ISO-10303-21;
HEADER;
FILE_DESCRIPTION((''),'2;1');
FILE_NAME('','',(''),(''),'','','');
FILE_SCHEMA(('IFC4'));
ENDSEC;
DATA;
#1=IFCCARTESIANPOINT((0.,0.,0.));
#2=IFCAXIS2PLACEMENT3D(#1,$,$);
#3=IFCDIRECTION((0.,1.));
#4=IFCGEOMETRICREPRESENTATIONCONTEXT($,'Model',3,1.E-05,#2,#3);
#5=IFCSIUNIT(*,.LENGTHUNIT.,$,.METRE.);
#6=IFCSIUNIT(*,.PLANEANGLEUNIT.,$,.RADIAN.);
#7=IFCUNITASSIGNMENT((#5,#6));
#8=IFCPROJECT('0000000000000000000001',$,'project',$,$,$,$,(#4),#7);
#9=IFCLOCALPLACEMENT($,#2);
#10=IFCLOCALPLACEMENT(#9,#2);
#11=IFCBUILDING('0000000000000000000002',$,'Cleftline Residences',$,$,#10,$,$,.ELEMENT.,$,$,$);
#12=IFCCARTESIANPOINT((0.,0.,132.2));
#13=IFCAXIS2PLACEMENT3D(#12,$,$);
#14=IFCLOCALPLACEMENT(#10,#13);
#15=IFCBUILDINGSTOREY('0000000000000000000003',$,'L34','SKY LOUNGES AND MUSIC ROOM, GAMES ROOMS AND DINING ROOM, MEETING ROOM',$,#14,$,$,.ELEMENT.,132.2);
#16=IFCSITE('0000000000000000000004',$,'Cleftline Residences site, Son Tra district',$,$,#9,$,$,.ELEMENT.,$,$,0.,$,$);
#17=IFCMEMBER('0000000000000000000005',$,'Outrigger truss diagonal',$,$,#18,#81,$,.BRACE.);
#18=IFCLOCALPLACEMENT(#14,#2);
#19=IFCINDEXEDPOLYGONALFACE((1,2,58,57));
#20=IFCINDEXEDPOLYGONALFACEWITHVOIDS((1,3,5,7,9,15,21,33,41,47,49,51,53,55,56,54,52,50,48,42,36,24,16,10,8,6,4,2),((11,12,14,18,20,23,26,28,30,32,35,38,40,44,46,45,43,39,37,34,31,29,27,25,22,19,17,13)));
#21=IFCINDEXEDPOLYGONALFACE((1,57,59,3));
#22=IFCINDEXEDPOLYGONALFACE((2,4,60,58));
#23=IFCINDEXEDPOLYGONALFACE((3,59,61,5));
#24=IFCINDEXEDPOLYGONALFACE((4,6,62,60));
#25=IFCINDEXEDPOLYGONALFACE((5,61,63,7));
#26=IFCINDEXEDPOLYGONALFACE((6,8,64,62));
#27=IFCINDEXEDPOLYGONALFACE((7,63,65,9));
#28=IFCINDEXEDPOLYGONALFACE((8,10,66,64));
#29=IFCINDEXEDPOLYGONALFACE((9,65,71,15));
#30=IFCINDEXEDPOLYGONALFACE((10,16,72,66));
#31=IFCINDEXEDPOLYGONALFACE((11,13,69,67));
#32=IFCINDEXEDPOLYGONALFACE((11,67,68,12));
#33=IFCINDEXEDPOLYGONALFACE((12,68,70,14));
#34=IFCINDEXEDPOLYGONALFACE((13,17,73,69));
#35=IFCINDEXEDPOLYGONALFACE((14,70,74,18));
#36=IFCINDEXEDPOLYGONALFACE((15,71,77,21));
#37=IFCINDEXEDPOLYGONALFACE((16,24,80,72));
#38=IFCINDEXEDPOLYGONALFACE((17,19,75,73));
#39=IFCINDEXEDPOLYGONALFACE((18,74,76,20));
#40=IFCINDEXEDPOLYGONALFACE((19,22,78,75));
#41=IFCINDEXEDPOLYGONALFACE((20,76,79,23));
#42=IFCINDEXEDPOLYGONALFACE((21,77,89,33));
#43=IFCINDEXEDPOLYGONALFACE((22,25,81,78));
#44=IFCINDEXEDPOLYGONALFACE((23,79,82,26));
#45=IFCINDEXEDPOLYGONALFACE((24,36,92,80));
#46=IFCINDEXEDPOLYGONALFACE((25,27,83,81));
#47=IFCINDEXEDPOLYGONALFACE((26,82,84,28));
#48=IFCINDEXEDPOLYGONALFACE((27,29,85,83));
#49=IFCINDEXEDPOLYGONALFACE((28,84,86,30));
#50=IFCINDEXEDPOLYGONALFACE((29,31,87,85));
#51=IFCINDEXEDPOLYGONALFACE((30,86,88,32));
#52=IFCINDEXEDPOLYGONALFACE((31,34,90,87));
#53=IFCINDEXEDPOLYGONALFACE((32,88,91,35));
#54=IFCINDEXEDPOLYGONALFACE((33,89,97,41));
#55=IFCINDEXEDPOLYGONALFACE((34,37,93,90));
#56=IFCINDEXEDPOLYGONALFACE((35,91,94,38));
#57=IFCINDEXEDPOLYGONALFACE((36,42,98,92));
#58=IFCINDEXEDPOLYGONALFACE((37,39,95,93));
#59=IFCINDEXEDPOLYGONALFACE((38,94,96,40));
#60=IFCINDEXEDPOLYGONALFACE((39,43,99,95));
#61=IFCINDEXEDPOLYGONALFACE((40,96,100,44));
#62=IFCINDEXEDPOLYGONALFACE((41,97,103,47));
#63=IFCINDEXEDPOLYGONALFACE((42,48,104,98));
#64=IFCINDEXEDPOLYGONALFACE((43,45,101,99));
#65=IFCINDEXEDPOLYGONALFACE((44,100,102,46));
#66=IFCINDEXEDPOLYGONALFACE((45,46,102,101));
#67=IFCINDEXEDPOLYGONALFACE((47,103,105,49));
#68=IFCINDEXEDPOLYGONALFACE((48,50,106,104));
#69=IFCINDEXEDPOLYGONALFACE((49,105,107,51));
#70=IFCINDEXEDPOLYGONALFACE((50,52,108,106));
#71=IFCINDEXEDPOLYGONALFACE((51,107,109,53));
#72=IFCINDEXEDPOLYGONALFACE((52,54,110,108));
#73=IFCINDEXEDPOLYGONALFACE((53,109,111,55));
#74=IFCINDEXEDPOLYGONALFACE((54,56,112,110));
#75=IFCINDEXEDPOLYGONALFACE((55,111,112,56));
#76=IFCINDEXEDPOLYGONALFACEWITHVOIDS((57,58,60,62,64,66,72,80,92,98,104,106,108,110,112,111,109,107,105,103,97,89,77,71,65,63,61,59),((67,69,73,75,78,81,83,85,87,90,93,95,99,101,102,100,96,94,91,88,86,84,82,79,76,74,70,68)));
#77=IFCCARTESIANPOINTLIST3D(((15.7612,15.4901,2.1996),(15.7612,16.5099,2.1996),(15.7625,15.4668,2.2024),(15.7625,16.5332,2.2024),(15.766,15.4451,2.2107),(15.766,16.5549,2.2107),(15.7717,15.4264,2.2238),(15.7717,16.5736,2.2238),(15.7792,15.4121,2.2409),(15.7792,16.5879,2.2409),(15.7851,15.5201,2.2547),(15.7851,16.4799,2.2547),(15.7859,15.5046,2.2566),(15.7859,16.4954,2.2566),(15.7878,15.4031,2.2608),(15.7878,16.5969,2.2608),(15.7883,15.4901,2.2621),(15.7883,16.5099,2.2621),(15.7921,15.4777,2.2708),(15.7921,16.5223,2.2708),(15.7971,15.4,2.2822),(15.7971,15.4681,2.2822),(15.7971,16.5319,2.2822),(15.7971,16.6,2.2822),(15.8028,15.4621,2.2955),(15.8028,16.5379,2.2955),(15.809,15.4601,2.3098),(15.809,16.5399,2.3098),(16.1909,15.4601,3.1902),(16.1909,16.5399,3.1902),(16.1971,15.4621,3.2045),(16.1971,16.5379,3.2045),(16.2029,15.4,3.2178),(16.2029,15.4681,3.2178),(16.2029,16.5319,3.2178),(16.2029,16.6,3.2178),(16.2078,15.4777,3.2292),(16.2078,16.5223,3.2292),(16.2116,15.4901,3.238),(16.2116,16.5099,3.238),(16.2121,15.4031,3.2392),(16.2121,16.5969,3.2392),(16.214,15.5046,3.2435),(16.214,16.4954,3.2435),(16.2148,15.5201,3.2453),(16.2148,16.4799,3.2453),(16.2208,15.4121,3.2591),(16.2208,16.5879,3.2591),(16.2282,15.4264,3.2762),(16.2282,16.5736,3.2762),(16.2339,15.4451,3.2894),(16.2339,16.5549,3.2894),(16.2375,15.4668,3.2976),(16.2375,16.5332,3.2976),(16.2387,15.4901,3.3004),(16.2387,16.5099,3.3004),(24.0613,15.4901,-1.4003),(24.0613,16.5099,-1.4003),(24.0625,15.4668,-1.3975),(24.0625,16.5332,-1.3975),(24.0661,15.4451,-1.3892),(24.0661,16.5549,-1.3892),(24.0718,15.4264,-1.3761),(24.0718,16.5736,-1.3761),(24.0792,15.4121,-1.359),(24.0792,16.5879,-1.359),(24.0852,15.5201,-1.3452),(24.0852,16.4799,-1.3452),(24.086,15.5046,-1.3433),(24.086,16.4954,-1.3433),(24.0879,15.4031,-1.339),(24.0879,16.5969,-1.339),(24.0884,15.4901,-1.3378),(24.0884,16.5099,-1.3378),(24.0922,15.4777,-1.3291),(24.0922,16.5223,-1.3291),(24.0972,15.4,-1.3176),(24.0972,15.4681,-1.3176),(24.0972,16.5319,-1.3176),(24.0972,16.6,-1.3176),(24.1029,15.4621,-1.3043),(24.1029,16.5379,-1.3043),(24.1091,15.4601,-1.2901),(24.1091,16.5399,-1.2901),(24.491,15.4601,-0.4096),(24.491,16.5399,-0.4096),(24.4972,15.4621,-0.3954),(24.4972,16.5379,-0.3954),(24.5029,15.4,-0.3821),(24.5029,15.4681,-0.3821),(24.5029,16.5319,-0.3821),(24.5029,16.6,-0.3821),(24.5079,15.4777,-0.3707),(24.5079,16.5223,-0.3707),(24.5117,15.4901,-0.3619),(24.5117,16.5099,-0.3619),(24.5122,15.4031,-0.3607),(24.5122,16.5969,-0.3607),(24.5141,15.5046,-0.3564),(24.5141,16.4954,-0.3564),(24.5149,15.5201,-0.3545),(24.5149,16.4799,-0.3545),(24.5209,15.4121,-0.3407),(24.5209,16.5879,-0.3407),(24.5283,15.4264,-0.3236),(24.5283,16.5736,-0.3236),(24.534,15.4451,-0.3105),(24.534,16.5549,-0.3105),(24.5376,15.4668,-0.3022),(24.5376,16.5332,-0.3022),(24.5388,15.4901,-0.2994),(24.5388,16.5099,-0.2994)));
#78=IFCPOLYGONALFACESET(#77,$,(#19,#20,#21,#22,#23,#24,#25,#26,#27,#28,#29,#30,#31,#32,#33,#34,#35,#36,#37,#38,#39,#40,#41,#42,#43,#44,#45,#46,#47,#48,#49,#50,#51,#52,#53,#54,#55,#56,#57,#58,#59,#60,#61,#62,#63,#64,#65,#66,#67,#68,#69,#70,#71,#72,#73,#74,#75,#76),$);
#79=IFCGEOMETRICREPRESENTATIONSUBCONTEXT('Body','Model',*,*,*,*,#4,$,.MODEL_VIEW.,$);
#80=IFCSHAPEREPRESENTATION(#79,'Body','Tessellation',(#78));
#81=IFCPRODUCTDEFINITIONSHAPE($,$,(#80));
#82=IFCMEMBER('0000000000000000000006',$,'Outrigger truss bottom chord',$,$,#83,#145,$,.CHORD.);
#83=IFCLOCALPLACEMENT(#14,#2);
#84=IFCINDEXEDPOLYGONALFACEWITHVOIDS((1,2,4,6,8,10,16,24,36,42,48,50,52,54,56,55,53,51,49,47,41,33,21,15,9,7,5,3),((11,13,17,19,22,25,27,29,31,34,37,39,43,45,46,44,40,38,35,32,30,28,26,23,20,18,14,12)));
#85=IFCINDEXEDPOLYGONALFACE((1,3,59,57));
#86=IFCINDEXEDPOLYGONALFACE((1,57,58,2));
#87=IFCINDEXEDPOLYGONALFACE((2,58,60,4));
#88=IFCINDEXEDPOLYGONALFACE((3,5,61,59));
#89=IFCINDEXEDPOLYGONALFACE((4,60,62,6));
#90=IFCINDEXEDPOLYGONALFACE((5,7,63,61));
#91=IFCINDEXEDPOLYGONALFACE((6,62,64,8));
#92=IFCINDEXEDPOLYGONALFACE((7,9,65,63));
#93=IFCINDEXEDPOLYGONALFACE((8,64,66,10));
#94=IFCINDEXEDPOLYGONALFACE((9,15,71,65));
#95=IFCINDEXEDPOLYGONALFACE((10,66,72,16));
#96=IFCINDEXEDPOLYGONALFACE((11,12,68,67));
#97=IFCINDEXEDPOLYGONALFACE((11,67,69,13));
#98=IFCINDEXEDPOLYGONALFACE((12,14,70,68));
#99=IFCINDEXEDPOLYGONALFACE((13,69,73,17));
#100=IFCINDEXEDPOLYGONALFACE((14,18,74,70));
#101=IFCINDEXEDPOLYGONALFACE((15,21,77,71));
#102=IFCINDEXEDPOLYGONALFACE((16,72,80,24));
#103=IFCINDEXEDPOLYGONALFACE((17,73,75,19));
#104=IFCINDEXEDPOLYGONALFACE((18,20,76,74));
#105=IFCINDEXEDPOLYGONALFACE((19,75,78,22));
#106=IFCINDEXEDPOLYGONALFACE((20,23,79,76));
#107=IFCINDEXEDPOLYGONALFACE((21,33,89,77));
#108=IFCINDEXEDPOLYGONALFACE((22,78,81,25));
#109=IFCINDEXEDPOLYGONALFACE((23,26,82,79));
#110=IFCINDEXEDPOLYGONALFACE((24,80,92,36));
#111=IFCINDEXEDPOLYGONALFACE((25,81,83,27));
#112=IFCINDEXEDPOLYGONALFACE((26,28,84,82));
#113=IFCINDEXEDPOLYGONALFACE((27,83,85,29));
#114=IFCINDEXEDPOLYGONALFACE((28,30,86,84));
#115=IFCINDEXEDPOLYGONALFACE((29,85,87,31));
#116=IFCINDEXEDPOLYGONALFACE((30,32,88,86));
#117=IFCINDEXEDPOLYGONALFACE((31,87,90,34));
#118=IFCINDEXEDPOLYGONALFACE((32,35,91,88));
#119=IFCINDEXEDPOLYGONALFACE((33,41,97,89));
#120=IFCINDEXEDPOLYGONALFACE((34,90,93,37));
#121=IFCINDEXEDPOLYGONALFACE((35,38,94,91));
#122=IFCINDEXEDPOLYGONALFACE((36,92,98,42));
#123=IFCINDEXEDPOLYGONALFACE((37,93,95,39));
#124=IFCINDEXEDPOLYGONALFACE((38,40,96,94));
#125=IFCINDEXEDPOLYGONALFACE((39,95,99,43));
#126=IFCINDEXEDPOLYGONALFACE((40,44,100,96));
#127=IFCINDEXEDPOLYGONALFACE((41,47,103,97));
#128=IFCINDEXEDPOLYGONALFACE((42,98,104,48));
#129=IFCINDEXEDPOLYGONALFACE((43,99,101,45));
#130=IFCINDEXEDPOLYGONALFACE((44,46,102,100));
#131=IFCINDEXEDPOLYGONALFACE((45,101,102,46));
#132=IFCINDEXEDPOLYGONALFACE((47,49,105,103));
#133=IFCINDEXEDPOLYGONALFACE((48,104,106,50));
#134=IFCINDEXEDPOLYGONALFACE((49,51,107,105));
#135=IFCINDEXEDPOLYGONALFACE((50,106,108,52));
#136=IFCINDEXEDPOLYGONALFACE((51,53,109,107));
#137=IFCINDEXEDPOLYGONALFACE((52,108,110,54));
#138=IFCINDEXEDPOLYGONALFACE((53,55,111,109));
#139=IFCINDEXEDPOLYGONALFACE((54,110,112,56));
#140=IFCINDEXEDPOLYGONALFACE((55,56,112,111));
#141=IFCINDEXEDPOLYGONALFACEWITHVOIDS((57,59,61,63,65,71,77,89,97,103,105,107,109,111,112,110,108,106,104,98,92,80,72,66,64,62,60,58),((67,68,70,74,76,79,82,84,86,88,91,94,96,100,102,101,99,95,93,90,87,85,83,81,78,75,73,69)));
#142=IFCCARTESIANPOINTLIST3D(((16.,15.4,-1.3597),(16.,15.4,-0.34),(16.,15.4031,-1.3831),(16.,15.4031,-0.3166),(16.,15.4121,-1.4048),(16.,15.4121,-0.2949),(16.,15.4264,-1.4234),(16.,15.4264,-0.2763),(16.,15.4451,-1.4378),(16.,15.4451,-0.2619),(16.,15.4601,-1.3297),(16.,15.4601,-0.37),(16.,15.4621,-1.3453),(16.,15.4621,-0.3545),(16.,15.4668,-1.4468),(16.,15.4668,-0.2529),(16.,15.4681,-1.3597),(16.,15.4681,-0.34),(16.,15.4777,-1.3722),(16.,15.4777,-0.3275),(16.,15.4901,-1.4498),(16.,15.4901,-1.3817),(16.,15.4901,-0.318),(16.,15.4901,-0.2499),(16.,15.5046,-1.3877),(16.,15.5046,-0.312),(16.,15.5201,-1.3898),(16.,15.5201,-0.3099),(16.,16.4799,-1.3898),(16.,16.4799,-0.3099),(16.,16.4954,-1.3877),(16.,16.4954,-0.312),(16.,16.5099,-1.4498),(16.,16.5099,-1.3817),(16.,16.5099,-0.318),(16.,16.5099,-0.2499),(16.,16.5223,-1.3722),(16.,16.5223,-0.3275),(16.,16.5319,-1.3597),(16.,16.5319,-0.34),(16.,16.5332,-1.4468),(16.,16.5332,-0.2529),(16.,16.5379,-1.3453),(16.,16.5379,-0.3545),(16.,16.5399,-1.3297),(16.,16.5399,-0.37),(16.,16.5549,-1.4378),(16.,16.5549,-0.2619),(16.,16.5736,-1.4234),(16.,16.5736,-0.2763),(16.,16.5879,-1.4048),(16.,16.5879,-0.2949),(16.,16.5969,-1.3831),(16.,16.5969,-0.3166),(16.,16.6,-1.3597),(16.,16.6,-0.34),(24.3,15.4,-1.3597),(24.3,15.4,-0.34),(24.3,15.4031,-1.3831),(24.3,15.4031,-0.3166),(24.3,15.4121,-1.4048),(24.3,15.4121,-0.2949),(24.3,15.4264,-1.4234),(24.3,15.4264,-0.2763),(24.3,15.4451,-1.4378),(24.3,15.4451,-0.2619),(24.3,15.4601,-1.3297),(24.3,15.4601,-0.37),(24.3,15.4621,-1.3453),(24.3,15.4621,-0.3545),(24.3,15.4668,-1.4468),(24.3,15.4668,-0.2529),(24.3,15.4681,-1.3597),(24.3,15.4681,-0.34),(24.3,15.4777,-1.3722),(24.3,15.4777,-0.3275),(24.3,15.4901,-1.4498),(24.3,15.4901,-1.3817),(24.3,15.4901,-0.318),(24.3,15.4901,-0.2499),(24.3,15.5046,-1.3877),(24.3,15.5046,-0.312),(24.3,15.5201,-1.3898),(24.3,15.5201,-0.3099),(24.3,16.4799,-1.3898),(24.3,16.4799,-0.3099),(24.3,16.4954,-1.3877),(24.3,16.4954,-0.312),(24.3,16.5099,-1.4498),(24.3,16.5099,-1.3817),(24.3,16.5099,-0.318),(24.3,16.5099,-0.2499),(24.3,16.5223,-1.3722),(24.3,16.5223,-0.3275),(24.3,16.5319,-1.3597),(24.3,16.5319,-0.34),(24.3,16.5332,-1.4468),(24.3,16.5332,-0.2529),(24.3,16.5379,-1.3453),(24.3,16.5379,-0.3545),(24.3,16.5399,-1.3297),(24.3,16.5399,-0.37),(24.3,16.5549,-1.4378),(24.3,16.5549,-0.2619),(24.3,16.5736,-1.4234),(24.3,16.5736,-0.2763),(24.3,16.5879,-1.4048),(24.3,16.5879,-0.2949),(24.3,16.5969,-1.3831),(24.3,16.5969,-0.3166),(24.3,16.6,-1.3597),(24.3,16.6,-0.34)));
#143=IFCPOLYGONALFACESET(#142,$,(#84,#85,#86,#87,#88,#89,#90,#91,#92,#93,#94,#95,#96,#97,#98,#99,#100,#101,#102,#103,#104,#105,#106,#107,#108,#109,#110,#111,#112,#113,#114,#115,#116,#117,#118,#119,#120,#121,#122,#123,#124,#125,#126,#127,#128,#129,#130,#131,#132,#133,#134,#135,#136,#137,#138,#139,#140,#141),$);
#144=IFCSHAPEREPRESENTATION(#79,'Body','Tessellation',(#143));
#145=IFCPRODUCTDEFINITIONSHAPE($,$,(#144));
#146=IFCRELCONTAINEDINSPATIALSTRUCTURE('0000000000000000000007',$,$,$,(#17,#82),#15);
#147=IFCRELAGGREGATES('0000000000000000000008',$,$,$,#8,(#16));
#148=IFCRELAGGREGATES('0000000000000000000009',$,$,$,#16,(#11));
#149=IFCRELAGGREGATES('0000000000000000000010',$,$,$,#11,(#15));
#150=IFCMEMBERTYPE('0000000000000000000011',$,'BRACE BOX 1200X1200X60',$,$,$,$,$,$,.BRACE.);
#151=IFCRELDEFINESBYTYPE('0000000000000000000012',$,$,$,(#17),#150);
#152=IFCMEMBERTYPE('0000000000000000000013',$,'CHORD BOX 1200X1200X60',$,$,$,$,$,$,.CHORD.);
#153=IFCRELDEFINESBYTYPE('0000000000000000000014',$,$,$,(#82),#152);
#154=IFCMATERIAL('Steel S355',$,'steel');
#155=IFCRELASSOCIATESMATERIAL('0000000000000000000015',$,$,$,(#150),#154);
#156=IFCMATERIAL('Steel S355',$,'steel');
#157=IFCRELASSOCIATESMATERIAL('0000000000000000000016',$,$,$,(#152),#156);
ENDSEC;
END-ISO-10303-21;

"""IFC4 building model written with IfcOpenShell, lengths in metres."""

from ifc_helpers import new_model, si_unit, direction, frame, origin, origin_2d, place, context, subcontext, project, spatial, hollow_rectangle, extrude, material, material_profile, profile_set, type_object, element, save


model = new_model("IFC4")

# Units and contexts
model_context = context("Model", 3, precision=1e-05, world=origin(), true_north=direction((0.0, 1.0)))
body_context = subcontext(model_context, "Body", "Model", "MODEL_VIEW")
ifc_project = project(units=[si_unit("LENGTHUNIT", "METRE"), si_unit("PLANEANGLEUNIT", "RADIAN")], contexts=[model_context])

# Site, building, storey
site_placement = place(None, origin())
site = spatial("IfcSite", under=ifc_project, at=site_placement, Name="Cleftline Residences site, Son Tra district", CompositionType="ELEMENT", RefElevation=0.0)
building_placement = place(site_placement, origin())
building = spatial("IfcBuilding", under=site, at=building_placement, Name="Cleftline Residences", CompositionType="ELEMENT")
storey_placement = place(building_placement, frame((0.0, 0.0, 132.2)))
storey = spatial("IfcBuildingStorey", under=building, at=storey_placement, Name="L34", Description="SKY LOUNGES AND MUSIC ROOM, GAMES ROOMS AND DINING ROOM, MEETING ROOM", CompositionType="ELEMENT", Elevation=132.2)

# Members
ifc_material_1 = material(Name="Steel S355", Category="steel")
ifc_material_profile_1 = material_profile(ifc_material_1, hollow_rectangle(XDim=1.2, YDim=1.2, WallThickness=0.0601, InnerFilletRadius=0.0601, OuterFilletRadius=0.0901, at=origin_2d()))
ifc_profile_set_1 = profile_set([ifc_material_profile_1], Name="Steel S355")
member_type_1 = type_object("IfcMemberType", Name="BRACE BOX 1200X1200X60", PredefinedType="BRACE", material=ifc_profile_set_1)
member_1_placement = place(storey_placement, frame((24.3, 16.0, -0.8499), z_axis=(-0.917428, 0.0, 0.397902), x_axis=(0.397902, 0.0, 0.917428)))
element("IfcMember", 1, at=member_1_placement, inside=storey, type_object=member_type_1, Name="Outrigger truss diagonal", PredefinedType="BRACE", context=body_context, shape_type="SweptSolid", body=[
    extrude(hollow_rectangle(XDim=1.2, YDim=1.2, WallThickness=0.0601, InnerFilletRadius=0.0601, OuterFilletRadius=0.0901, at=origin_2d()), origin(), (0.0, 0.0, 1.0), 9.0471),
])
ifc_material_2 = material(Name="Steel S355", Category="steel")
ifc_material_profile_2 = material_profile(ifc_material_2, hollow_rectangle(XDim=1.2, YDim=1.2, WallThickness=0.0601, InnerFilletRadius=0.0601, OuterFilletRadius=0.0901, at=origin_2d()))
ifc_profile_set_2 = profile_set([ifc_material_profile_2], Name="Steel S355")
member_type_2 = type_object("IfcMemberType", Name="CHORD BOX 1200X1200X60", PredefinedType="CHORD", material=ifc_profile_set_2)
for number, where, z_axis, x_axis, name in (
    (2, (24.3, 16.0, -0.8499), (-1.0, 0.0, 0.0), (0.0, -1.0, 0.0), "Outrigger truss bottom chord"),
):
    element("IfcMember", number, at=place(storey_placement, frame(where, z_axis=z_axis, x_axis=x_axis)), inside=storey, type_object=member_type_2, Name=name, PredefinedType="CHORD", context=body_context, shape_type="SweptSolid", body=[
        extrude(hollow_rectangle(XDim=1.2, YDim=1.2, WallThickness=0.0601, InnerFilletRadius=0.0601, OuterFilletRadius=0.0901, at=origin_2d()), origin(), (0.0, 0.0, 1.0), 8.3),
    ])

save(model, "model.ifc")
